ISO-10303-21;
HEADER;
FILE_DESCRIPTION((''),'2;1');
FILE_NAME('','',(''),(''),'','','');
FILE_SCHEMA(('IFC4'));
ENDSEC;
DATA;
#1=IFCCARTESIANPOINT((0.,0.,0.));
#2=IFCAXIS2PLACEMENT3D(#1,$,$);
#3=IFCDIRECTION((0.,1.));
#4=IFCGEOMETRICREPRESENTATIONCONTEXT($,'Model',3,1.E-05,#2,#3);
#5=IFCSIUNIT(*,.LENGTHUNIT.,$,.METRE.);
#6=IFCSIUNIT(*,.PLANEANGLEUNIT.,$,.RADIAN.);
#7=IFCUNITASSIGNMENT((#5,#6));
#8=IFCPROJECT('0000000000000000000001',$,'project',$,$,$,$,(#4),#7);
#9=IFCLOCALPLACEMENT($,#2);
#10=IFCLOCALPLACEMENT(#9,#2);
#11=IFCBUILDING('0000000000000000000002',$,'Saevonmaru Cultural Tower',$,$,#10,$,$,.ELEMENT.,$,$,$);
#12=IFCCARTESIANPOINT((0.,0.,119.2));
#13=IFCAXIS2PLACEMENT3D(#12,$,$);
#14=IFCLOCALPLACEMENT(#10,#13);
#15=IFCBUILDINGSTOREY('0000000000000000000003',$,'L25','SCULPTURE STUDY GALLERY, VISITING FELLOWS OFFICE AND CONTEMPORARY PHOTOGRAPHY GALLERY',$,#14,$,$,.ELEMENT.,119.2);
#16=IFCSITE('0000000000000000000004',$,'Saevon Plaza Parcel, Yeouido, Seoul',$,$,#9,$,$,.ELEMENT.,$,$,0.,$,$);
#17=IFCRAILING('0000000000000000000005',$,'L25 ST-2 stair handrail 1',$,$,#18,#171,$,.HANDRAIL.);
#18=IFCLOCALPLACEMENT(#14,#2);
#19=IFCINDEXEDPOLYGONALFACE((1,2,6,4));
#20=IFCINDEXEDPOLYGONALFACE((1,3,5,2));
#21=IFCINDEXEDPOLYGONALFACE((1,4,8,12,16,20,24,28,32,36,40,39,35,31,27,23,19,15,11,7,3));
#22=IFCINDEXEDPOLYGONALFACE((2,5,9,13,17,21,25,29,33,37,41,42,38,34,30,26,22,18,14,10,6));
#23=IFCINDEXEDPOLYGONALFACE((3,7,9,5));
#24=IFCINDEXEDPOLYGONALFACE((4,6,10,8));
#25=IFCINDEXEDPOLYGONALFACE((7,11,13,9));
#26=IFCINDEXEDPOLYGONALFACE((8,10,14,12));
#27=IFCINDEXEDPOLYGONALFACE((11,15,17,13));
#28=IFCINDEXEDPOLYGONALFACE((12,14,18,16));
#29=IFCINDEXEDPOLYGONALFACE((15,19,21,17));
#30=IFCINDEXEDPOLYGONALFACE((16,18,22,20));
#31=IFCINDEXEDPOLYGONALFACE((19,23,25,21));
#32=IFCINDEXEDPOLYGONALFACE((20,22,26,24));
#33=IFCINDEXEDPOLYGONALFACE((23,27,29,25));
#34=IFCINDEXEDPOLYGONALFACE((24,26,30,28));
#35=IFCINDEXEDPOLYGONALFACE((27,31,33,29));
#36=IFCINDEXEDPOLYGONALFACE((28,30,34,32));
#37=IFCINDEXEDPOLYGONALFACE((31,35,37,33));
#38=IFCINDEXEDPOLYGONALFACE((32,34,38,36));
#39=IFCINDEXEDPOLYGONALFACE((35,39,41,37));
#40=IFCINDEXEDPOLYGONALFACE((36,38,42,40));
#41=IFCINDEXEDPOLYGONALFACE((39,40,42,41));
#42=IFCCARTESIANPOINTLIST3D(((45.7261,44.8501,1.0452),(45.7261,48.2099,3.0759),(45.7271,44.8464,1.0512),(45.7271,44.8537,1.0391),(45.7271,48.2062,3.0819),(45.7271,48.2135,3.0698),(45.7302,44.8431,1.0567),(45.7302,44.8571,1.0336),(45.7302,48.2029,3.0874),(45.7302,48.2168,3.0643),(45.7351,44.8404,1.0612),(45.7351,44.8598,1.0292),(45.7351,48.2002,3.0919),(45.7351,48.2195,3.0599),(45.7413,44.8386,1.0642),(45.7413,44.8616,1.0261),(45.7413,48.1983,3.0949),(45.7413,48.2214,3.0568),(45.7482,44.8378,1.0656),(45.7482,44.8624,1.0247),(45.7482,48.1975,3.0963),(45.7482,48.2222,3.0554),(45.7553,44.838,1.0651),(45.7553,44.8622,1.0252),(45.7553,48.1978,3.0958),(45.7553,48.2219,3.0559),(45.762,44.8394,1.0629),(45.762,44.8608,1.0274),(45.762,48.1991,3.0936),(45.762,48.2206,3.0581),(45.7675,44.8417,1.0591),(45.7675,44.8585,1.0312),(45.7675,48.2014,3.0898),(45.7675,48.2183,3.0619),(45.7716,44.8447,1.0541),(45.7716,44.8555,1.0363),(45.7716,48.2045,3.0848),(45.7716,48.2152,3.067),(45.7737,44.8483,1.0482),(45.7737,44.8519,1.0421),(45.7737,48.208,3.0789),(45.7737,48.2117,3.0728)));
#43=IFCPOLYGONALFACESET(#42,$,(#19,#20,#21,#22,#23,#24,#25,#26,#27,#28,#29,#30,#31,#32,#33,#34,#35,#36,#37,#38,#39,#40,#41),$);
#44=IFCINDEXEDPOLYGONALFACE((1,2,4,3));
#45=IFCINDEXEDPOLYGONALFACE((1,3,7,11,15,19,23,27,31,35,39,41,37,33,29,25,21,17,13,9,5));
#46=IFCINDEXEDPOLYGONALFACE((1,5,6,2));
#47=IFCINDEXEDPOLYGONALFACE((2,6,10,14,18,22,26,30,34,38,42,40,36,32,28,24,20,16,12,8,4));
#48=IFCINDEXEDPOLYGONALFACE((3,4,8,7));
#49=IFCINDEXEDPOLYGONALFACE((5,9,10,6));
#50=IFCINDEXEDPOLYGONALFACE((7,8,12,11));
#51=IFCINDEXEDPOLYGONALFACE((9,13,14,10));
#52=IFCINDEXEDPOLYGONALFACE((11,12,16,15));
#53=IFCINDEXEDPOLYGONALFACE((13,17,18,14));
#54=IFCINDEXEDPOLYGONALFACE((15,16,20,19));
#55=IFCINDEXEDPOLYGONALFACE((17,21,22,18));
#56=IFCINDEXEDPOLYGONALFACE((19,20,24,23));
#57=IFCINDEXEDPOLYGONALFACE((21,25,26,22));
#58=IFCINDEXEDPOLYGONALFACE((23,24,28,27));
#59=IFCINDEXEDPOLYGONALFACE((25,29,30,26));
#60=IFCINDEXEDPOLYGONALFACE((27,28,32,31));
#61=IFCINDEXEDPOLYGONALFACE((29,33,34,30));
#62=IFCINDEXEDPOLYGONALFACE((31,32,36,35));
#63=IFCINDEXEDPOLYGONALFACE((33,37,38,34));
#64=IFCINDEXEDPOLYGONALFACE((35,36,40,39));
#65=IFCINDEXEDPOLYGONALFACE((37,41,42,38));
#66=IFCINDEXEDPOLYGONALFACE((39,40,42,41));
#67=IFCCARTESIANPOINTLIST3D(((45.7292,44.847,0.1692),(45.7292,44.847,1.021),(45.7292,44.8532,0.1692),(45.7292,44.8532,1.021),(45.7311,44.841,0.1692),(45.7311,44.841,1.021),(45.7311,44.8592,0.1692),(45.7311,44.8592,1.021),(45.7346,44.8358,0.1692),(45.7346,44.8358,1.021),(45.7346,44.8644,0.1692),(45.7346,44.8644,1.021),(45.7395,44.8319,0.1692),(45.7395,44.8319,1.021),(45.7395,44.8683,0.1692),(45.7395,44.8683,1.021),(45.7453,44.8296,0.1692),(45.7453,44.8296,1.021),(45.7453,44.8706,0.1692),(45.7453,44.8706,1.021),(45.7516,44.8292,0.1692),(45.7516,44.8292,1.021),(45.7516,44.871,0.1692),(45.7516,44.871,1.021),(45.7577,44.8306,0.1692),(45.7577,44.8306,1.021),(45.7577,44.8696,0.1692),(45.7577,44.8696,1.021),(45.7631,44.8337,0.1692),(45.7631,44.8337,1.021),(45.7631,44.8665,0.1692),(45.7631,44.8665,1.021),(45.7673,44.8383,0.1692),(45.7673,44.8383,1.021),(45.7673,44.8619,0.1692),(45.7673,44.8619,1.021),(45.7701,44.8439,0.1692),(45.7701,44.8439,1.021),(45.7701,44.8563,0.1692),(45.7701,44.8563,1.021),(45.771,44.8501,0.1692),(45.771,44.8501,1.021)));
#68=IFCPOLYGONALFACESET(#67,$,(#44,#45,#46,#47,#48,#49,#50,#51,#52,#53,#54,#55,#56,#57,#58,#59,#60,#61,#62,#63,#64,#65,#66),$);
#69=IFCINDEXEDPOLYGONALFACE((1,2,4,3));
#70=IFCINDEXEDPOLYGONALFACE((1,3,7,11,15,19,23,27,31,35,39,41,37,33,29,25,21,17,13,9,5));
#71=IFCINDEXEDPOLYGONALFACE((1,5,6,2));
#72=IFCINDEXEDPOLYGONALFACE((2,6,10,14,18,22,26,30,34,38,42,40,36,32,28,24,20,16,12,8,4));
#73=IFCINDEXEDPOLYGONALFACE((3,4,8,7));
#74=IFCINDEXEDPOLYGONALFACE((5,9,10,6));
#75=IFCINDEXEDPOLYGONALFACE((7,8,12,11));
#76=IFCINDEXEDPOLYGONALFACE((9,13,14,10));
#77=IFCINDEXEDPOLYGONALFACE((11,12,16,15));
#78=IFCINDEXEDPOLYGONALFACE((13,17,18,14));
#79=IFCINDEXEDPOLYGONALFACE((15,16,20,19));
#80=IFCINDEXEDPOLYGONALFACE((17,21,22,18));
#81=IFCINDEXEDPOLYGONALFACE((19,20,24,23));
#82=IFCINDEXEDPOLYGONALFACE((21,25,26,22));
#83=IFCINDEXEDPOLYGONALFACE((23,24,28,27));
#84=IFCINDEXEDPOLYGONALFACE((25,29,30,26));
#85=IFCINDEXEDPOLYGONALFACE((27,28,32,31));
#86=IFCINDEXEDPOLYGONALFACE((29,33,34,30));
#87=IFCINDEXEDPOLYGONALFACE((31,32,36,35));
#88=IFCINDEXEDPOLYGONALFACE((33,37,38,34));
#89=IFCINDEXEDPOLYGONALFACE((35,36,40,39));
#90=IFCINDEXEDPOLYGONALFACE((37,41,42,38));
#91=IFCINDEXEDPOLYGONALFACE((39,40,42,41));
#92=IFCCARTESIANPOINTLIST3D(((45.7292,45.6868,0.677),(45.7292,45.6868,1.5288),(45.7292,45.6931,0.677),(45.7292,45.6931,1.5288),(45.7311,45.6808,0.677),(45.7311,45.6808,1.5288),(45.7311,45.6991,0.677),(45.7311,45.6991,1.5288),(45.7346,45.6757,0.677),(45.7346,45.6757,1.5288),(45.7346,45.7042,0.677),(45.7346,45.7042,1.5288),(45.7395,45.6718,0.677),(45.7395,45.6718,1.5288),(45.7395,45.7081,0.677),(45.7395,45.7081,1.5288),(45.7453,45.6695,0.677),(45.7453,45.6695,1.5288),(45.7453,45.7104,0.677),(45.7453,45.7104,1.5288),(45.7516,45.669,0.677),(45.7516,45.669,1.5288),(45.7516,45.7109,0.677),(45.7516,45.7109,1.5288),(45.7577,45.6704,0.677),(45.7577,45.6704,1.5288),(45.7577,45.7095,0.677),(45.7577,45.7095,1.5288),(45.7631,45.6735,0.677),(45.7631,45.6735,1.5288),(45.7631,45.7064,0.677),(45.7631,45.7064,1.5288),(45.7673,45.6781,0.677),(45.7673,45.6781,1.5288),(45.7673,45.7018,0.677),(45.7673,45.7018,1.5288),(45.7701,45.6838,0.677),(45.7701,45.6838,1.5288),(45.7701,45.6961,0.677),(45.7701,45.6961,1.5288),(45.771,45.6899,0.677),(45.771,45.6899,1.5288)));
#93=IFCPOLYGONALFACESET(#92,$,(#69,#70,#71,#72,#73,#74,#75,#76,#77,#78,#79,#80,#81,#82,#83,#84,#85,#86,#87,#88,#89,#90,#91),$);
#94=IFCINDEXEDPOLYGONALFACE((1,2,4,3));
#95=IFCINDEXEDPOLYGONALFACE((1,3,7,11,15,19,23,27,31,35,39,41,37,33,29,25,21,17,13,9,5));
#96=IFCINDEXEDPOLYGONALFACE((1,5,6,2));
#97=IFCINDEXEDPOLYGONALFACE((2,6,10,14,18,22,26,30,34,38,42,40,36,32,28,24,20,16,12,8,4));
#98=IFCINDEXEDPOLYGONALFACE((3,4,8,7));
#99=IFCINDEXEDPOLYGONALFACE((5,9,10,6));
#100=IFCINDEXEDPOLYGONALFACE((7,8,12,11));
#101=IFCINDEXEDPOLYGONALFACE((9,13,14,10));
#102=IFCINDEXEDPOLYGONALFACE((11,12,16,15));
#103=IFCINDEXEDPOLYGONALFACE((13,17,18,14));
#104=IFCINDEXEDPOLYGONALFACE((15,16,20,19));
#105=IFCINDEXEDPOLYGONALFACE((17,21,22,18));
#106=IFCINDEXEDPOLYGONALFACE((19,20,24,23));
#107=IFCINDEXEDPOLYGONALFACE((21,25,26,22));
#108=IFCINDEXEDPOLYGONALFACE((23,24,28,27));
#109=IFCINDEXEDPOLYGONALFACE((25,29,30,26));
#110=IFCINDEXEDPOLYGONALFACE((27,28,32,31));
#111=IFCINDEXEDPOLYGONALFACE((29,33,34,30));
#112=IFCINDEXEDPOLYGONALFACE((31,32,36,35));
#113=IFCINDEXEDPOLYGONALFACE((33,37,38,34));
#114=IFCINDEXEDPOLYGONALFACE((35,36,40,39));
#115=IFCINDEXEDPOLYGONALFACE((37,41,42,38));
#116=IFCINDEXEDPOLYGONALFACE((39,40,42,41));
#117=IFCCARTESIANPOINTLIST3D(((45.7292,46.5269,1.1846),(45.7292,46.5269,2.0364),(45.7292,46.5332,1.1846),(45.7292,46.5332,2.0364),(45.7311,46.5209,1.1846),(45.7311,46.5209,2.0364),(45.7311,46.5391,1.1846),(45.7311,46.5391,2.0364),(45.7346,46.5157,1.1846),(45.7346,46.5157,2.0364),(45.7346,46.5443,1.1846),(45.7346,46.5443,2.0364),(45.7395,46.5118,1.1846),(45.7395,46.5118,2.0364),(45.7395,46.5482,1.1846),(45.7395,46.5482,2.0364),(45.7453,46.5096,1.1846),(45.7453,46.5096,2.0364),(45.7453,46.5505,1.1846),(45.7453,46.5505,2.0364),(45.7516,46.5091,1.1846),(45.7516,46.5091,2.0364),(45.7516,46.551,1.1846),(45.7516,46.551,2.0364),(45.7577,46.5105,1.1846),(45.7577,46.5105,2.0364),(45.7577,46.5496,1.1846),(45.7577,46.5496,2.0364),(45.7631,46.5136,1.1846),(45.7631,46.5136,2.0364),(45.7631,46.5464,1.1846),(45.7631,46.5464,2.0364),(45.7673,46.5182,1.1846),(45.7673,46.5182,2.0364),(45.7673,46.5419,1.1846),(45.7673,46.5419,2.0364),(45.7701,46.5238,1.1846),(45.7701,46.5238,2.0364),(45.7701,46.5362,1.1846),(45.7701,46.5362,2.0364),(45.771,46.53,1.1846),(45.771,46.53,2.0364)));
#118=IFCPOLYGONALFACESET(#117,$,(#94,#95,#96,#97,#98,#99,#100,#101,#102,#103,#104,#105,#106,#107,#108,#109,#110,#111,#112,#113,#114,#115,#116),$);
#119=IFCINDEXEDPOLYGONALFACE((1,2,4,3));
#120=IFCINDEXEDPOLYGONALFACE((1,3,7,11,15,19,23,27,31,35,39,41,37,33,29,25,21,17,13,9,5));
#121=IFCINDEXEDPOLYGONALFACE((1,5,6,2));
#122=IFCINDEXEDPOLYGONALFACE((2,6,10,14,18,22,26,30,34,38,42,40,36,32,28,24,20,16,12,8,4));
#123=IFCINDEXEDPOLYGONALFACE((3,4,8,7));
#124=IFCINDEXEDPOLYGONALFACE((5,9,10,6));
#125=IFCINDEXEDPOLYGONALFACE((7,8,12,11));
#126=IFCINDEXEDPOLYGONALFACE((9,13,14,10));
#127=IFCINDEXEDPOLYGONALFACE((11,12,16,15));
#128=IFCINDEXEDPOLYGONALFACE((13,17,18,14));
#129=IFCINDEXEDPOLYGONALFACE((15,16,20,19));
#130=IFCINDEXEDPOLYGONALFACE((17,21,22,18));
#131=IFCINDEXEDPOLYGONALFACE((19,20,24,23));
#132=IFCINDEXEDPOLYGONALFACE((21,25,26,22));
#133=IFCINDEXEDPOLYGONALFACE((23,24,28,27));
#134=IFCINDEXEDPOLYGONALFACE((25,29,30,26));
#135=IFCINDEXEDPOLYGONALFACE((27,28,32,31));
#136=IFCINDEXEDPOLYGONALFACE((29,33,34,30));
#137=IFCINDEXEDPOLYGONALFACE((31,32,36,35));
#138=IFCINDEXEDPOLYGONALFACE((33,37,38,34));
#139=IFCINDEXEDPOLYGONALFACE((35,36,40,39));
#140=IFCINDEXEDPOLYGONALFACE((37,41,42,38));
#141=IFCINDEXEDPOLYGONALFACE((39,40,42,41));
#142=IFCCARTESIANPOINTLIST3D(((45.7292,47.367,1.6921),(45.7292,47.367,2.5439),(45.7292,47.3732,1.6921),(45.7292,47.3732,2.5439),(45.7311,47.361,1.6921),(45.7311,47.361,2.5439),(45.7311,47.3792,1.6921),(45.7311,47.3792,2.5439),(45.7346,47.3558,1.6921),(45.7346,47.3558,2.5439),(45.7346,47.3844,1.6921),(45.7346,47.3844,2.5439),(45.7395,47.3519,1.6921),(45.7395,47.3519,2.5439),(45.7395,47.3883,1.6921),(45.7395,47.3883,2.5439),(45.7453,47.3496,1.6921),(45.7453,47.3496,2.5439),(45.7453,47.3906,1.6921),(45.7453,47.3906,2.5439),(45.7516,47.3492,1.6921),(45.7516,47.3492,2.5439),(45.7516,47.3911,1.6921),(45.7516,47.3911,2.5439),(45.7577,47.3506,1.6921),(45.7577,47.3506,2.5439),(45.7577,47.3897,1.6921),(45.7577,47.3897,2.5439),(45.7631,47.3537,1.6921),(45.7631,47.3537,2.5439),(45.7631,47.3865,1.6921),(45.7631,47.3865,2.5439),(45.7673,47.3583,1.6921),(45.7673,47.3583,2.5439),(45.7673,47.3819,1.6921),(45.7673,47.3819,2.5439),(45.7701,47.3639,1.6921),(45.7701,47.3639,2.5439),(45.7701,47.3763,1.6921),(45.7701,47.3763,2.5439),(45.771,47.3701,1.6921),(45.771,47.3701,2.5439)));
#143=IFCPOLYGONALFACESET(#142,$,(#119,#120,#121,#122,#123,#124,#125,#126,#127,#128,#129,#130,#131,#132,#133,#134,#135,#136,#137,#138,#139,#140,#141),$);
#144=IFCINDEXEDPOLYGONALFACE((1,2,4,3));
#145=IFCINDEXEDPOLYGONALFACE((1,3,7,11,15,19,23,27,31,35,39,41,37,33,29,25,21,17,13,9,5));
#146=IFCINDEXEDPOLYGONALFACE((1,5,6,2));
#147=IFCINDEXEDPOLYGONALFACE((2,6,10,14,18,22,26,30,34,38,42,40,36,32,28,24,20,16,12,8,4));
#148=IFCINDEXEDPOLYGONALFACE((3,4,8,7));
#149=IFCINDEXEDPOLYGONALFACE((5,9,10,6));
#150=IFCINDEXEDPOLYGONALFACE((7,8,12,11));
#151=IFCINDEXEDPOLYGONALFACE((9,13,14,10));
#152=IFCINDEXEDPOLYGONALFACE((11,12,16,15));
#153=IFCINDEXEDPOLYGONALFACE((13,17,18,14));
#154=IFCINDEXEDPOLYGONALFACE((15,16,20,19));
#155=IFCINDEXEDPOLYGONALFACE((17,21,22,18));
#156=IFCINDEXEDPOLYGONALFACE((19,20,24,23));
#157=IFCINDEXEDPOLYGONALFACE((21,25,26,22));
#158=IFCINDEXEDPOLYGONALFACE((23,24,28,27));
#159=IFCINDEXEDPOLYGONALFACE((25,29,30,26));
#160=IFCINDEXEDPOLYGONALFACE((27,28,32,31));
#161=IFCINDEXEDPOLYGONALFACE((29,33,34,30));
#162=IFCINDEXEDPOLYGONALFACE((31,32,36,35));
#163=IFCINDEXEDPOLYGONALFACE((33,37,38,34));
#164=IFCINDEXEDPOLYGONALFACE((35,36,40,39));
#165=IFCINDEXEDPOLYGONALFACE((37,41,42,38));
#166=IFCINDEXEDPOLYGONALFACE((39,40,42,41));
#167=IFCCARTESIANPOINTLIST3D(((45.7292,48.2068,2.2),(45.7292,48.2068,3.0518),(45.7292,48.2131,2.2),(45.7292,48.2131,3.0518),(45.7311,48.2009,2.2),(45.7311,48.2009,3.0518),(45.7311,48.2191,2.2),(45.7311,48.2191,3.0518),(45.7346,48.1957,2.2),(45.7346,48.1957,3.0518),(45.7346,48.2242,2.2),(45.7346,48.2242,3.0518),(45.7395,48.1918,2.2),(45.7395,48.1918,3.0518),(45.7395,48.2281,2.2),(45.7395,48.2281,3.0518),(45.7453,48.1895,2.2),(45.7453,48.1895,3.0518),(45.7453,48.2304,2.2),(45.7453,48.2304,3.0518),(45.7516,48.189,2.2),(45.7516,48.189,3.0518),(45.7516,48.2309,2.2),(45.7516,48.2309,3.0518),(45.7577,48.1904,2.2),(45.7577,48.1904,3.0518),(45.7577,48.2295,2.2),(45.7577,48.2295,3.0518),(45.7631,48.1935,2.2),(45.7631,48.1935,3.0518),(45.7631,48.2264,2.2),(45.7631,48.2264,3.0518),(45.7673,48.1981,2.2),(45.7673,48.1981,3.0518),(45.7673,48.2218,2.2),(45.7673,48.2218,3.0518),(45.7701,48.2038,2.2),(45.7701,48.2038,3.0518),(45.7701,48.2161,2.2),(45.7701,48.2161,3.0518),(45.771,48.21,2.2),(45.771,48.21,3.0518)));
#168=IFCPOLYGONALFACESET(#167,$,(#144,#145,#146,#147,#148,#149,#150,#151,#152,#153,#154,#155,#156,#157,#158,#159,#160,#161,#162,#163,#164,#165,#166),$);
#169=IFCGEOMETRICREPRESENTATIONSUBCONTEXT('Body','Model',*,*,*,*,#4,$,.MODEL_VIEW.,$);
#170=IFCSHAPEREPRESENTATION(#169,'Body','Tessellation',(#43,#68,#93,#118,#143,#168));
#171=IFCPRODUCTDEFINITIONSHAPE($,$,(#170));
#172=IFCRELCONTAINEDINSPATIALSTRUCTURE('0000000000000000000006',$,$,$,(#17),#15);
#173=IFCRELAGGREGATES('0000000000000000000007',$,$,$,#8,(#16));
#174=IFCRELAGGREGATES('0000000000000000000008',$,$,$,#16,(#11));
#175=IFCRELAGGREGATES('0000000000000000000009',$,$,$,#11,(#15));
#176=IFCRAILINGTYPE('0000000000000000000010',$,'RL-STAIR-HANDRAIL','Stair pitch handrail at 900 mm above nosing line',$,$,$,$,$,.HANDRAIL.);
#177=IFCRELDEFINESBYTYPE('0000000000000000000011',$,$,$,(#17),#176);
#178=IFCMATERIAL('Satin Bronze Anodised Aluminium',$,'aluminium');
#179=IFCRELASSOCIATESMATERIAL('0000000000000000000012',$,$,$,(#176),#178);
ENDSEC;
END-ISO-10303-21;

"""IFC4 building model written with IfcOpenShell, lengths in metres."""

from ifc_helpers import new_model, si_unit, direction, frame, origin, origin_2d, place, context, subcontext, project, spatial, circle, extrude, material, type_object, element, save


model = new_model("IFC4")

# Units and contexts
model_context = context("Model", 3, precision=1e-05, world=origin(), true_north=direction((0.0, 1.0)))
body_context = subcontext(model_context, "Body", "Model", "MODEL_VIEW")
ifc_project = project(units=[si_unit("LENGTHUNIT", "METRE"), si_unit("PLANEANGLEUNIT", "RADIAN")], contexts=[model_context])

# Site, building, storey
site_placement = place(None, origin())
site = spatial("IfcSite", under=ifc_project, at=site_placement, Name="Saevon Plaza Parcel, Yeouido, Seoul", CompositionType="ELEMENT", RefElevation=0.0)
building_placement = place(site_placement, origin())
building = spatial("IfcBuilding", under=site, at=building_placement, Name="Saevonmaru Cultural Tower", CompositionType="ELEMENT")
storey_placement = place(building_placement, frame((0.0, 0.0, 119.2)))
storey = spatial("IfcBuildingStorey", under=building, at=storey_placement, Name="L25", Description="SCULPTURE STUDY GALLERY, VISITING FELLOWS OFFICE AND CONTEMPORARY PHOTOGRAPHY GALLERY", CompositionType="ELEMENT", Elevation=119.2)

# Shared definitions
ifc_material_1 = material(Name="Satin Bronze Anodised Aluminium", Category="aluminium")

# Railing
railing_type_1 = type_object("IfcRailingType", Name="RL-STAIR-HANDRAIL", Description="Stair pitch handrail at 900 mm above nosing line", PredefinedType="HANDRAIL", material=ifc_material_1)
railing_1_placement = place(storey_placement, frame((45.75, 44.8501, 0.1692)))
element("IfcRailing", 1, at=railing_1_placement, inside=storey, type_object=railing_type_1, Name="L25 ST-2 stair handrail 1", PredefinedType="HANDRAIL", context=body_context, shape_type="SweptSolid", body=[
    extrude(circle(Radius=0.0239, at=origin_2d()), frame((0.0, 0.0, 0.876), z_axis=(0.0, 0.85582, 0.517273), x_axis=(-1.0, 0.0, 0.0)), (0.0, 0.0, 1.0), 3.9258),
    extrude(circle(Radius=0.021, at=origin_2d()), origin(), (0.0, 0.0, 1.0), 0.8518),
    extrude(circle(Radius=0.021, at=origin_2d()), frame((0.0, 0.8398, 0.5078)), (0.0, 0.0, 1.0), 0.8518),
    extrude(circle(Radius=0.021, at=origin_2d()), frame((0.0, 1.6799, 1.0154)), (0.0, 0.0, 1.0), 0.8518),
    extrude(circle(Radius=0.021, at=origin_2d()), frame((0.0, 2.52, 1.5229)), (0.0, 0.0, 1.0), 0.8518),
    extrude(circle(Radius=0.021, at=origin_2d()), frame((0.0, 3.3599, 2.0308)), (0.0, 0.0, 1.0), 0.8518),
])

save(model, "model.ifc")
